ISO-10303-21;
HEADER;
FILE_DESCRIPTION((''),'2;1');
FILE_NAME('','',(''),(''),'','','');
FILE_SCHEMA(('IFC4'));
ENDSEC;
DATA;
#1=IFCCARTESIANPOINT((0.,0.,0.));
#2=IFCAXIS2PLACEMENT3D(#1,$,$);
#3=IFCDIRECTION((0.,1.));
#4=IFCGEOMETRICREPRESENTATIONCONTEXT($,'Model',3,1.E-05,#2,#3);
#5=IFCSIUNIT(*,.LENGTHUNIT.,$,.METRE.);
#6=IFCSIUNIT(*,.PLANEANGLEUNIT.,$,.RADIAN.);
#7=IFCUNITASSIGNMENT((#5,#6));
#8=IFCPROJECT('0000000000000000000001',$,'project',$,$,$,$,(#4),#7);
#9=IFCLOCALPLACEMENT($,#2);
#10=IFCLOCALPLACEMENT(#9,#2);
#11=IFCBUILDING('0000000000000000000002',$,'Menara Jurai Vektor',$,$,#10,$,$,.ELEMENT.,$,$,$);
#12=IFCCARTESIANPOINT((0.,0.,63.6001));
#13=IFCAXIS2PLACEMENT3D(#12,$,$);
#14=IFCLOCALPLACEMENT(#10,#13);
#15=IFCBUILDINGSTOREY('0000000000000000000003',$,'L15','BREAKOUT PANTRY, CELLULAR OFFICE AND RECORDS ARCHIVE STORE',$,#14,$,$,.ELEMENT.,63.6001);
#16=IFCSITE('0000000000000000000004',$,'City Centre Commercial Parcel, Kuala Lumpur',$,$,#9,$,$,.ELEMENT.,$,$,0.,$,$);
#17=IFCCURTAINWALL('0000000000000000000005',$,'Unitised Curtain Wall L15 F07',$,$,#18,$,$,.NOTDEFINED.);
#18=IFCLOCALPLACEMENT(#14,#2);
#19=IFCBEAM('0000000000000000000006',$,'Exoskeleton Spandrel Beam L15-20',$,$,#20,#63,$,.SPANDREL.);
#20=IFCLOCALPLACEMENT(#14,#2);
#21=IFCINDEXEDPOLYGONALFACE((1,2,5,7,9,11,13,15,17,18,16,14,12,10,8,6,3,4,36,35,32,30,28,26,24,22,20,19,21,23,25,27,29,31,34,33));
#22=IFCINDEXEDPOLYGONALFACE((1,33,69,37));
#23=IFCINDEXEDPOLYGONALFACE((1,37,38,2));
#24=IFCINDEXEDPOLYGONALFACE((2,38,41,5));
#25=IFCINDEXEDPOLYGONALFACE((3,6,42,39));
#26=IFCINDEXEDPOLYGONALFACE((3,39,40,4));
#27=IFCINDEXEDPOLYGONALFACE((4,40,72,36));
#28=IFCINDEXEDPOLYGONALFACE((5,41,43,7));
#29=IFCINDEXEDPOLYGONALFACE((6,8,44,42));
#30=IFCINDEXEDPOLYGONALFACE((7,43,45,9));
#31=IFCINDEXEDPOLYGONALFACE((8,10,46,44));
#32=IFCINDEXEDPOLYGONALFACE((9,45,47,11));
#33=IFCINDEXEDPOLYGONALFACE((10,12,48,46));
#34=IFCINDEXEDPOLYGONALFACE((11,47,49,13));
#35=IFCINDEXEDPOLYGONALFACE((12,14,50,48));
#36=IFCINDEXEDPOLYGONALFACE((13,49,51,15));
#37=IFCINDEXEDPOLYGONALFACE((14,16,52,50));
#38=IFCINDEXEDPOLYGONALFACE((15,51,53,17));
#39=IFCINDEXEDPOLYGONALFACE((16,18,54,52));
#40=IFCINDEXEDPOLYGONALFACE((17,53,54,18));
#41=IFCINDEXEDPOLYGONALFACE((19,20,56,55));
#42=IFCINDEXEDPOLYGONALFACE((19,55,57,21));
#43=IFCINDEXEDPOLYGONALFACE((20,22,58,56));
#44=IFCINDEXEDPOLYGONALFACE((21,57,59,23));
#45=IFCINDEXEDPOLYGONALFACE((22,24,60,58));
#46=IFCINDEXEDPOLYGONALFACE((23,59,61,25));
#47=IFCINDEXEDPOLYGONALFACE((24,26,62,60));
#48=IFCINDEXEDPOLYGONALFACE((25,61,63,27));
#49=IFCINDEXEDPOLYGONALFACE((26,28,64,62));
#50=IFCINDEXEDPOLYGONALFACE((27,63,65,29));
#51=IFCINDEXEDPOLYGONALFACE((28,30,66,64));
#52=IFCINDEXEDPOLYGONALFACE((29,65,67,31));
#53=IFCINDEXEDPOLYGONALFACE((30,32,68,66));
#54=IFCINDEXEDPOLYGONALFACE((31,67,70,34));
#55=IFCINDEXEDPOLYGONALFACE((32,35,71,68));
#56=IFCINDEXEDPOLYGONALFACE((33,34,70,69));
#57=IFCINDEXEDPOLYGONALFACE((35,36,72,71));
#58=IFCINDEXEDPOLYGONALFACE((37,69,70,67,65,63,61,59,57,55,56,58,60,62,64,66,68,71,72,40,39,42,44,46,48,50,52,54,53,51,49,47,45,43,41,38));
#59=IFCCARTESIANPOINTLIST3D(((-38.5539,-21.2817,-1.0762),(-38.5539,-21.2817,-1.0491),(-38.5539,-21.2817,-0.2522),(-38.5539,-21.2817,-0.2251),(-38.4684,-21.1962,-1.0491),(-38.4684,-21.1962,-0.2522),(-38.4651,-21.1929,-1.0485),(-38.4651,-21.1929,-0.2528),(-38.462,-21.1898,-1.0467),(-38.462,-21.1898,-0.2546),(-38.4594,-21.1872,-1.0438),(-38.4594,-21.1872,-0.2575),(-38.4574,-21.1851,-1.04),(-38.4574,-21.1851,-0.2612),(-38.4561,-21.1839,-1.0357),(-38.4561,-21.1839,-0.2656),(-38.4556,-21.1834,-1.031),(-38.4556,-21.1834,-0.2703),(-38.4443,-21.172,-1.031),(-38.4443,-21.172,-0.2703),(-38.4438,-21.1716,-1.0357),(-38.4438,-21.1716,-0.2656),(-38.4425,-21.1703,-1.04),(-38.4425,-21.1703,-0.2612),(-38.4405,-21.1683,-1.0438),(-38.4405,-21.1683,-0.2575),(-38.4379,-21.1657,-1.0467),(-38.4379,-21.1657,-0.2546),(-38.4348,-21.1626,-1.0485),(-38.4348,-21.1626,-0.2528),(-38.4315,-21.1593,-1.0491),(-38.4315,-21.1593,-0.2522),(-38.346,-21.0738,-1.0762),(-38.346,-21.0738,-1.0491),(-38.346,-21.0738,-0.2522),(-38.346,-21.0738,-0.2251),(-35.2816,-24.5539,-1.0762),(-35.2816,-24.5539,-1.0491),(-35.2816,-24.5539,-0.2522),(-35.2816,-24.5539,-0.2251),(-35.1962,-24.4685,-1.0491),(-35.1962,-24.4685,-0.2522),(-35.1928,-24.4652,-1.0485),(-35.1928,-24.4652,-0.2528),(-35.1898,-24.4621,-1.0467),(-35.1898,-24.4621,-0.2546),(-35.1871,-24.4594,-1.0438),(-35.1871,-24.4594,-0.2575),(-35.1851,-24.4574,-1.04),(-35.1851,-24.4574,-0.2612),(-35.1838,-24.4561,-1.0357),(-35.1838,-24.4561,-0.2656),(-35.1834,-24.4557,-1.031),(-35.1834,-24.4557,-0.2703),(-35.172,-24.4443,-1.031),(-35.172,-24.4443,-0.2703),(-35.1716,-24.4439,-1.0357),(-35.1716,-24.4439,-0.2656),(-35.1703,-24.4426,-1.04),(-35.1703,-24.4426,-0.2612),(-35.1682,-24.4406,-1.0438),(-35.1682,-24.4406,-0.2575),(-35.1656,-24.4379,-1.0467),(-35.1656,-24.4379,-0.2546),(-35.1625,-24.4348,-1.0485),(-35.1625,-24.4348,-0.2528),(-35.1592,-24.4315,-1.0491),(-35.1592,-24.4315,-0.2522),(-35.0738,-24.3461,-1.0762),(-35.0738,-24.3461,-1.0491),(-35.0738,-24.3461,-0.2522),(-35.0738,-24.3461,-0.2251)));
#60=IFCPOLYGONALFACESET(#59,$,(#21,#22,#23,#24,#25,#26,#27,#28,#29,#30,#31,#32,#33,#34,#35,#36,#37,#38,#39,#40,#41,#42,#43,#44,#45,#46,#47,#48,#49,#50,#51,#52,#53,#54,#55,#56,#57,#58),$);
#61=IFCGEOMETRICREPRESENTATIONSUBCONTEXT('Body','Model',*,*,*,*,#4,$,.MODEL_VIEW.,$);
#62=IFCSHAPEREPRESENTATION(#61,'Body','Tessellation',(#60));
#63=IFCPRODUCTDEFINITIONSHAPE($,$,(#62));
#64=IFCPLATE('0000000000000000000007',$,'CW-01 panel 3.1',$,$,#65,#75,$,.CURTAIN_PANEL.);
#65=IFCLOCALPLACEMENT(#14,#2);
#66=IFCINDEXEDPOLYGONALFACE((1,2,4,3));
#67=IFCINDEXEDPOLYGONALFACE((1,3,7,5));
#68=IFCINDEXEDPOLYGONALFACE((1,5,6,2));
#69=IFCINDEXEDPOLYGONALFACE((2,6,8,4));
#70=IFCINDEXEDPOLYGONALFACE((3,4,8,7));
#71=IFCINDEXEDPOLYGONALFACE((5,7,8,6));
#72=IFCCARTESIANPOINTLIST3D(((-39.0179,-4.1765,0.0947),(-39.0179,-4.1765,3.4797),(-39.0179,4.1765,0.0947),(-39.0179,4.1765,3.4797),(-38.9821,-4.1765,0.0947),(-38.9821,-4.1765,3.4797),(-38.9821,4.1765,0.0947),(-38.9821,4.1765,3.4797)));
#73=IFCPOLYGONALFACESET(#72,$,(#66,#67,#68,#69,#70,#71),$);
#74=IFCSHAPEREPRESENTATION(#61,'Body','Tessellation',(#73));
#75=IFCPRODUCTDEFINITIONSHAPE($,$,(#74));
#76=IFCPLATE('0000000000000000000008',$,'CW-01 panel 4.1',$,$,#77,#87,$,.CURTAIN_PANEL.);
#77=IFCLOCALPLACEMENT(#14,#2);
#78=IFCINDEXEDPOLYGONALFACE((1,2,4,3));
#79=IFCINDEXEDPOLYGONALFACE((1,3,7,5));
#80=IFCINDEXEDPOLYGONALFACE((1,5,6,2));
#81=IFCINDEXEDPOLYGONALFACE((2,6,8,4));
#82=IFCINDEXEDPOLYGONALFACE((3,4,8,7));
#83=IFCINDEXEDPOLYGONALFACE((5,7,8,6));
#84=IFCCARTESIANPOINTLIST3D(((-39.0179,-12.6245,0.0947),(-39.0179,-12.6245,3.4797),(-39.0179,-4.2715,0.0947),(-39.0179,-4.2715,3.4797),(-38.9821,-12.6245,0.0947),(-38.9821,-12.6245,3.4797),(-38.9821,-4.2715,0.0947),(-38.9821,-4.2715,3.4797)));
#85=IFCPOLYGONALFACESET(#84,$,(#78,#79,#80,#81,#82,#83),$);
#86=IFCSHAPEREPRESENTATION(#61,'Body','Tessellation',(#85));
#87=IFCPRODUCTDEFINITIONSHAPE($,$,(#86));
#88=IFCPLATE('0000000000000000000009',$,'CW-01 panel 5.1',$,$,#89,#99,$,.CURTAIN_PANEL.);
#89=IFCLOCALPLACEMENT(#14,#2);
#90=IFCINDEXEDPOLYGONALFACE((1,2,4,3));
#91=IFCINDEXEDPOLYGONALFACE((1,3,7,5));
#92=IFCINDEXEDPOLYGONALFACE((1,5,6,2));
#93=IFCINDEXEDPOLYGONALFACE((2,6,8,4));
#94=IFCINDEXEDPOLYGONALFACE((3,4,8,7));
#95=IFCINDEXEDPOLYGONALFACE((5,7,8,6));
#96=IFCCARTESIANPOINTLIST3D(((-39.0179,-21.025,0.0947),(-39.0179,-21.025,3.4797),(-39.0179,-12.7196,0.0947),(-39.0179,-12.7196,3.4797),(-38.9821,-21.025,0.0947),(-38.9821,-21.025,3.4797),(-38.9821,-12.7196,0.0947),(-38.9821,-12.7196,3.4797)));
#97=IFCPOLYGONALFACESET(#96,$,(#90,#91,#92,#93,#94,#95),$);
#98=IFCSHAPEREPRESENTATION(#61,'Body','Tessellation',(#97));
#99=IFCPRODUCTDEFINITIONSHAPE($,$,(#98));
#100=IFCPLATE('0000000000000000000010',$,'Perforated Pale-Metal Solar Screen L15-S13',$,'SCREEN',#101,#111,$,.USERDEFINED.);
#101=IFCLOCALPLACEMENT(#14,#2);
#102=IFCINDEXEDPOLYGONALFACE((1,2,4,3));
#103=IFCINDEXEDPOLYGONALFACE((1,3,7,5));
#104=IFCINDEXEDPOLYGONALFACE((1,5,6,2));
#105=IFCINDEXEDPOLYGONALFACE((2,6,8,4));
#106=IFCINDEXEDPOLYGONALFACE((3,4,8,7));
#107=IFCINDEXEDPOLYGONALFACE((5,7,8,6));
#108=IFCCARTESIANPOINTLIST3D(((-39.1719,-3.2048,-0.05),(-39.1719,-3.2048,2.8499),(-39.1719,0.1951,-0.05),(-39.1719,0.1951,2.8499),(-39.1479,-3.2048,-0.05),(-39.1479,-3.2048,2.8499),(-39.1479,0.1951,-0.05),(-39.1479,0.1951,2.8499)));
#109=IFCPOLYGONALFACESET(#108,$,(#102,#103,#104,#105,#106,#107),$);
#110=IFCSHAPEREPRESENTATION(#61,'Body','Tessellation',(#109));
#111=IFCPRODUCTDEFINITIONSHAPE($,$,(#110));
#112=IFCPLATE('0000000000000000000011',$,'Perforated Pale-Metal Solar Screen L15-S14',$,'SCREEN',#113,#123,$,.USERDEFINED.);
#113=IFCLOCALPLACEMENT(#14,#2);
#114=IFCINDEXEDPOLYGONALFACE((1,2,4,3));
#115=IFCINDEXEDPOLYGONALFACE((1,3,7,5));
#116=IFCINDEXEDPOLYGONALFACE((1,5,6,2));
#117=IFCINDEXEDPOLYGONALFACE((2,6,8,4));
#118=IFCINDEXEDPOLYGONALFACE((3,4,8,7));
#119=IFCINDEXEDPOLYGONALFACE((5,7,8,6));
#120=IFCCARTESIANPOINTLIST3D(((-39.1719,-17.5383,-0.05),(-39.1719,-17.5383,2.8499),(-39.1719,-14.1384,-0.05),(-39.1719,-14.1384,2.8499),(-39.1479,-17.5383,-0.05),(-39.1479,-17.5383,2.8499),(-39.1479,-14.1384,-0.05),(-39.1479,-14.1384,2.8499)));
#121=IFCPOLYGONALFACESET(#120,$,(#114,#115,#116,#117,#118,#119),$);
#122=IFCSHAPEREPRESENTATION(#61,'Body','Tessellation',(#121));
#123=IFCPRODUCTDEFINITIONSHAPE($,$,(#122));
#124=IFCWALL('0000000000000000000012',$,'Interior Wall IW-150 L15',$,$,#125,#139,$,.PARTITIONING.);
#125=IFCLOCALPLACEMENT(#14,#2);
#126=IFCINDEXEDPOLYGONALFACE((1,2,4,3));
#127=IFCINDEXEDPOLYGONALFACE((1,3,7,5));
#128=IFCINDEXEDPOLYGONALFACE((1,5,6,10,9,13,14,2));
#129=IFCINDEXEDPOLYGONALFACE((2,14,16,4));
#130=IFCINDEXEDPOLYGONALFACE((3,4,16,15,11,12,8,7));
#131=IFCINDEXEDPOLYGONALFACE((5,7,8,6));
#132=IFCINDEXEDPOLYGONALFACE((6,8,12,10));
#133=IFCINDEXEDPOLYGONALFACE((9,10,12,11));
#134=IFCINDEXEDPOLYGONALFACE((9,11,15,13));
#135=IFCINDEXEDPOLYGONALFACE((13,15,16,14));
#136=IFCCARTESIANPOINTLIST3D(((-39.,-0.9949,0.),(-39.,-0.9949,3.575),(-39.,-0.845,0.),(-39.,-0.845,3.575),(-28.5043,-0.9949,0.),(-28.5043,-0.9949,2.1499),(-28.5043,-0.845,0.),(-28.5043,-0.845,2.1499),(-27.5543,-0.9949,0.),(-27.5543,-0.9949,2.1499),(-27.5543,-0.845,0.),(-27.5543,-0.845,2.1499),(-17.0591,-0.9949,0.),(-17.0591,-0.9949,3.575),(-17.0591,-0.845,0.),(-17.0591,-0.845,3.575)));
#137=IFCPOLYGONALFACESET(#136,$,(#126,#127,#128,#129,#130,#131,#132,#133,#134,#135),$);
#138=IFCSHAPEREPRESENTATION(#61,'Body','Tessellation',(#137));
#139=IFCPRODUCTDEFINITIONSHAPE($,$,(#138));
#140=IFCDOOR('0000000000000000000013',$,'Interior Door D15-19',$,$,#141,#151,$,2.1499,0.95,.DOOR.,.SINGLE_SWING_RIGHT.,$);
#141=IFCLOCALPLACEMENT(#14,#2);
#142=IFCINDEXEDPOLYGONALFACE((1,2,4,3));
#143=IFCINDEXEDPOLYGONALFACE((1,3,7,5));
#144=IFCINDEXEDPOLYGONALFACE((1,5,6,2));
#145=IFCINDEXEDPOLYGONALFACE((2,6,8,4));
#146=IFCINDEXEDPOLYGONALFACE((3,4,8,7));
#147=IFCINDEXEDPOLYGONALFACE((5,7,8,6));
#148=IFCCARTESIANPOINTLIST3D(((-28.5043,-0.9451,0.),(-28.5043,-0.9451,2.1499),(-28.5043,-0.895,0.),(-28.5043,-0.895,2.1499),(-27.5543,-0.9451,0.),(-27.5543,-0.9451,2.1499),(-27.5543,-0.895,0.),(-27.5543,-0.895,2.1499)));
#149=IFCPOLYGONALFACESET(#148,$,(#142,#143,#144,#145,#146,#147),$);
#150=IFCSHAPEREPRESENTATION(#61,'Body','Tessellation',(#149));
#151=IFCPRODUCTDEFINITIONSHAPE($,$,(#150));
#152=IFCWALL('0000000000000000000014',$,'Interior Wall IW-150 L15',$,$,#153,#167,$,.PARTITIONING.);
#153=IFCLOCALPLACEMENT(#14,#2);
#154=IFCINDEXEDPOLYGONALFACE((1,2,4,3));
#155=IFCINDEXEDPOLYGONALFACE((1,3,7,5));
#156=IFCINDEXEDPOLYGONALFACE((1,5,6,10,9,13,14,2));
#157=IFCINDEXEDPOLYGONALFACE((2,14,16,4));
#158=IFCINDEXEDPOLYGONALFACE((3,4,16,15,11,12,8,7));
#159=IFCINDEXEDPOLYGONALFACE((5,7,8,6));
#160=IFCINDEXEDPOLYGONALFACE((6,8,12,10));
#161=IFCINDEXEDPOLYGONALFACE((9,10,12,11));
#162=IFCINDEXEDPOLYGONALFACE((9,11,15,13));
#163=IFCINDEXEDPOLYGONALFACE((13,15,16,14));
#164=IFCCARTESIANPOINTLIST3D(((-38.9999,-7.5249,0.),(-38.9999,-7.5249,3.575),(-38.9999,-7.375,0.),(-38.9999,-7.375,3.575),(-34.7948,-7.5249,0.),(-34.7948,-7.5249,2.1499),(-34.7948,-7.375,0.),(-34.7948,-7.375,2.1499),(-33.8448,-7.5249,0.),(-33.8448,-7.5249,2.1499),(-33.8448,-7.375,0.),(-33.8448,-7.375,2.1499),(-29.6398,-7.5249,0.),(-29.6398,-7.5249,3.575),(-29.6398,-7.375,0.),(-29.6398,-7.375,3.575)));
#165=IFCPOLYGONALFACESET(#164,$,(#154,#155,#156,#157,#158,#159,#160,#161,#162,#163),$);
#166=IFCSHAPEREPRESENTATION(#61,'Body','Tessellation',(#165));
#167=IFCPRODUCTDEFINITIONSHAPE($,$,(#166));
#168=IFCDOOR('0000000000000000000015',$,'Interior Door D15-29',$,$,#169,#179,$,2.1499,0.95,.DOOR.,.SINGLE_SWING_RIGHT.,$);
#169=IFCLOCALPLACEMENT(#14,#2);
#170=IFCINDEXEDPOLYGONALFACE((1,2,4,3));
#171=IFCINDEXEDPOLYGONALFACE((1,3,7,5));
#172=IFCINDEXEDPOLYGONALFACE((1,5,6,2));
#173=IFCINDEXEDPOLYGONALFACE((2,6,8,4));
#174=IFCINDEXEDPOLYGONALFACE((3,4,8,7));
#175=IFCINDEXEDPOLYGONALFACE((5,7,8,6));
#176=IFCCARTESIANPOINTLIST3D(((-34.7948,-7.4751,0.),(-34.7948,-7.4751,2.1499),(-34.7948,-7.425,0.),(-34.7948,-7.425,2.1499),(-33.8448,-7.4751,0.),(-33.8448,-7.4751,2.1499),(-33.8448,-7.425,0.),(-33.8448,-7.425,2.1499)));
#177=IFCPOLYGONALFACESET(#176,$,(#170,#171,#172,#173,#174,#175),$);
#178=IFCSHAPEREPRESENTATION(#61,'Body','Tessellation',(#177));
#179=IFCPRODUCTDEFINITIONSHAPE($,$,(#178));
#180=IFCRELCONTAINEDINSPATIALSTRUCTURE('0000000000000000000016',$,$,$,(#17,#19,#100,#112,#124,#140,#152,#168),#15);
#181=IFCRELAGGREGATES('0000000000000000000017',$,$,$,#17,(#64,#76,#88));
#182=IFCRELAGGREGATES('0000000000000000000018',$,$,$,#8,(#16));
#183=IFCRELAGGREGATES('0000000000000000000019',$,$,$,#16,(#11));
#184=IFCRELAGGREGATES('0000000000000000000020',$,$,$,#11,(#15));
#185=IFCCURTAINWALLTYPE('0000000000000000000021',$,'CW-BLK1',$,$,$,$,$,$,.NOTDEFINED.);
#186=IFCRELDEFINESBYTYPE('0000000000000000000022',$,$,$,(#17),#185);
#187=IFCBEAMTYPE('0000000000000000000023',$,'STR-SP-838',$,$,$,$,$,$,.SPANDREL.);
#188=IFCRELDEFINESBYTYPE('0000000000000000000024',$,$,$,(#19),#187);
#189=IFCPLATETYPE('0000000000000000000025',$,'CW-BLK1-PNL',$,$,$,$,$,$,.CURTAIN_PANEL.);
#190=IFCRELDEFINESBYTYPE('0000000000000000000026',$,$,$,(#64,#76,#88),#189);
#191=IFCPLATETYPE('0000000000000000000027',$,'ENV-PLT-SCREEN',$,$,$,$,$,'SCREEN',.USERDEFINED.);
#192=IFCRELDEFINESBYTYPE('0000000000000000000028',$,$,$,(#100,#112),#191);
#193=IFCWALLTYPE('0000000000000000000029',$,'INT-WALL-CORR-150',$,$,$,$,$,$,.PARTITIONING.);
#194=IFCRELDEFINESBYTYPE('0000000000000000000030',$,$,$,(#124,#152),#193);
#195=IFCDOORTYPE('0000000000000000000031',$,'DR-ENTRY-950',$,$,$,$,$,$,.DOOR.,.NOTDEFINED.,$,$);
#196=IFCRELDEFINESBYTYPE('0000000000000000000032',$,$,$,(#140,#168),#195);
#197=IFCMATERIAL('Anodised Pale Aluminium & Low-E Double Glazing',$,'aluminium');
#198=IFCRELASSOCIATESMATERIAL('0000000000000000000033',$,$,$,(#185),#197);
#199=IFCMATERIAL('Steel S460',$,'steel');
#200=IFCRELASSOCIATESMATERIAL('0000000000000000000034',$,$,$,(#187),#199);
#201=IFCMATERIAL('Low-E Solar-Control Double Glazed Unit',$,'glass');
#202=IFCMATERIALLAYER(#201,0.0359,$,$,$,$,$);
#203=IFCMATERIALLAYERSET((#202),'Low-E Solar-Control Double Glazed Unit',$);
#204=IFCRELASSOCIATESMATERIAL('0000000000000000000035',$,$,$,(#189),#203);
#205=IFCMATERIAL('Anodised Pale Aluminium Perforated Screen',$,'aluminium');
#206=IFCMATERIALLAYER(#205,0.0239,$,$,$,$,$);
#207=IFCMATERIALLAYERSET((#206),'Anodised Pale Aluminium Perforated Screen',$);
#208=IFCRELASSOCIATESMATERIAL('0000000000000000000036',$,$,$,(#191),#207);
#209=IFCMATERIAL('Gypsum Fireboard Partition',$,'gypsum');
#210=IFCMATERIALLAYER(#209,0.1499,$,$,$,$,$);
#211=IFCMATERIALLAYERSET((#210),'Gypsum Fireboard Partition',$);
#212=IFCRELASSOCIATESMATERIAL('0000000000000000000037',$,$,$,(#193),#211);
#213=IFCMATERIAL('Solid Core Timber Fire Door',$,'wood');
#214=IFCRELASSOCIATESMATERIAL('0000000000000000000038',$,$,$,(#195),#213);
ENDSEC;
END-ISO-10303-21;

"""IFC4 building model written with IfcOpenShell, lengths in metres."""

from ifc_helpers import new_model, si_unit, direction, frame, frame_2d, origin, origin_2d, place, context, subcontext, project, spatial, rectangle, i_section, extrude, material, layer, layer_set, material_profile, profile_set, type_object, element, fill, aggregate, save


model = new_model("IFC4")

# Units and contexts
model_context = context("Model", 3, precision=1e-05, world=origin(), true_north=direction((0.0, 1.0)))
body_context = subcontext(model_context, "Body", "Model", "MODEL_VIEW")
ifc_project = project(units=[si_unit("LENGTHUNIT", "METRE"), si_unit("PLANEANGLEUNIT", "RADIAN")], contexts=[model_context])

# Site, building, storey
site_placement = place(None, origin())
site = spatial("IfcSite", under=ifc_project, at=site_placement, Name="City Centre Commercial Parcel, Kuala Lumpur", CompositionType="ELEMENT", RefElevation=0.0)
building_placement = place(site_placement, origin())
building = spatial("IfcBuilding", under=site, at=building_placement, Name="Menara Jurai Vektor", CompositionType="ELEMENT")
storey_placement = place(building_placement, frame((0.0, 0.0, 63.6001)))
storey = spatial("IfcBuildingStorey", under=building, at=storey_placement, Name="L15", Description="BREAKOUT PANTRY, CELLULAR OFFICE AND RECORDS ARCHIVE STORE", CompositionType="ELEMENT", Elevation=63.6001)

# Shared definitions
ifc_material_1 = material(Name="Steel S460", Category="steel")

# Curtain wall
ifc_material_2 = material(Name="Anodised Pale Aluminium & Low-E Double Glazing", Category="aluminium")
curtain_wall_type = type_object("IfcCurtainWallType", Name="CW-BLK1", PredefinedType="NOTDEFINED", material=ifc_material_2)
curtain_wall_placement = place(storey_placement, origin())
curtain_wall = element("IfcCurtainWall", 1, at=curtain_wall_placement, inside=storey, type_object=curtain_wall_type, Name="Unitised Curtain Wall L15 F07", PredefinedType="NOTDEFINED")

# Beam
ifc_material_profile_1 = material_profile(ifc_material_1, i_section(OverallWidth=0.2939, OverallDepth=0.8511, WebThickness=0.0161, FlangeThickness=0.0271, FilletRadius=0.0181, at=origin_2d()), Name="UKB 838x292x226")
ifc_profile_set_1 = profile_set([ifc_material_profile_1], Name="Steel S460")
beam_type_1 = type_object("IfcBeamType", Name="STR-SP-838", PredefinedType="SPANDREL", material=ifc_profile_set_1)
beam_1_placement = place(storey_placement, frame((-38.45, -21.1777, -0.6506), z_axis=(0.707107, -0.707107, 0.0), x_axis=(0.707107, 0.707107, 0.0)))
element("IfcBeam", 2, at=beam_1_placement, inside=storey, type_object=beam_type_1, Name="Exoskeleton Spandrel Beam L15-20", PredefinedType="SPANDREL", context=body_context, shape_type="SweptSolid", body=[
    extrude(i_section(OverallWidth=0.2939, OverallDepth=0.8511, WebThickness=0.0161, FlangeThickness=0.0271, FilletRadius=0.0181, at=origin_2d()), origin(), (0.0, 0.0, 1.0), 4.6277),
])

# Plates
ifc_material_3 = material(Name="Low-E Solar-Control Double Glazed Unit", Category="glass")
ifc_layer_1 = layer(ifc_material_3, 0.0359)
ifc_layer_set_1 = layer_set([ifc_layer_1], Name="Low-E Solar-Control Double Glazed Unit")
plate_type_1 = type_object("IfcPlateType", Name="CW-BLK1-PNL", PredefinedType="CURTAIN_PANEL", material=ifc_layer_set_1)
plate_1_placement = place(storey_placement, frame((-39.0, 0.0, 0.0947), z_axis=(0.0, 0.0, 1.0), x_axis=(0.0, -1.0, 0.0)))
plate_1 = element("IfcPlate", 3, at=plate_1_placement, type_object=plate_type_1, Name="CW-01 panel 3.1", PredefinedType="CURTAIN_PANEL", context=body_context, shape_type="SweptSolid", body=[
    extrude(rectangle(XDim=8.353, YDim=0.0359, at=origin_2d()), origin(), (0.0, 0.0, 1.0), 3.385),
])
plate_2_placement = place(storey_placement, frame((-39.0, -8.448, 0.0947), z_axis=(0.0, 0.0, 1.0), x_axis=(0.0, -1.0, 0.0)))
plate_2 = element("IfcPlate", 4, at=plate_2_placement, type_object=plate_type_1, Name="CW-01 panel 4.1", PredefinedType="CURTAIN_PANEL", context=body_context, shape_type="SweptSolid", body=[
    extrude(rectangle(XDim=8.353, YDim=0.0359, at=origin_2d()), origin(), (0.0, 0.0, 1.0), 3.385),
])
plate_3_placement = place(storey_placement, frame((-39.0, -16.8723, 0.0947), z_axis=(0.0, 0.0, 1.0), x_axis=(0.0, -1.0, 0.0)))
plate_3 = element("IfcPlate", 5, at=plate_3_placement, type_object=plate_type_1, Name="CW-01 panel 5.1", PredefinedType="CURTAIN_PANEL", context=body_context, shape_type="SweptSolid", body=[
    extrude(rectangle(XDim=8.3054, YDim=0.0359, at=origin_2d()), origin(), (0.0, 0.0, 1.0), 3.385),
])
aggregate(curtain_wall, [plate_1, plate_2, plate_3])

# Plates
ifc_material_4 = material(Name="Anodised Pale Aluminium Perforated Screen", Category="aluminium")
ifc_layer_2 = layer(ifc_material_4, 0.0239)
ifc_layer_set_2 = layer_set([ifc_layer_2], Name="Anodised Pale Aluminium Perforated Screen")
plate_type_2 = type_object("IfcPlateType", Name="ENV-PLT-SCREEN", ElementType="SCREEN", PredefinedType="USERDEFINED", material=ifc_layer_set_2)
for number, where, z_axis, x_axis, name in (
    (6, (-39.1599, -1.5049, -0.05), (0.0, 0.0, 1.0), (0.0, -1.0, 0.0), "Perforated Pale-Metal Solar Screen L15-S13"),
    (7, (-39.1599, -15.8384, -0.05), (0.0, 0.0, 1.0), (0.0, -1.0, 0.0), "Perforated Pale-Metal Solar Screen L15-S14"),
):
    element("IfcPlate", number, at=place(storey_placement, frame(where, z_axis=z_axis, x_axis=x_axis)), inside=storey, type_object=plate_type_2, Name=name, ObjectType="SCREEN", PredefinedType="USERDEFINED", context=body_context, shape_type="SweptSolid", body=[
        extrude(rectangle(XDim=3.3999, YDim=0.0239, at=origin_2d()), origin(), (0.0, 0.0, 1.0), 2.8999),
    ])

# Walls, openings, doors
ifc_material_5 = material(Name="Gypsum Fireboard Partition", Category="gypsum")
ifc_layer_3 = layer(ifc_material_5, 0.1499)
ifc_layer_set_3 = layer_set([ifc_layer_3], Name="Gypsum Fireboard Partition")
wall_type = type_object("IfcWallType", Name="INT-WALL-CORR-150", PredefinedType="PARTITIONING", material=ifc_layer_set_3)
wall_1_placement = place(storey_placement, frame((-39.0, -0.9199, 0.0), z_axis=(0.0, 0.0, 1.0), x_axis=(1.0, 0.0, 0.0)))
wall_1 = element("IfcWall", 8, at=wall_1_placement, inside=storey, type_object=wall_type, Name="Interior Wall IW-150 L15", PredefinedType="PARTITIONING", context=body_context, shape_type="SweptSolid", body=[
    extrude(rectangle(XDim=21.9409, YDim=0.1499, at=frame_2d((10.9705, 0.0))), origin(), (0.0, 0.0, 1.0), 3.575),
])
opening_1_placement = place(wall_1_placement, frame((10.4956, 0.0, 0.0)))
opening_1 = element("IfcOpeningElement", 9, at=opening_1_placement, cuts=wall_1, PredefinedType="OPENING", context=body_context, shape_type="SweptSolid", body=[
    extrude(rectangle(XDim=0.95, YDim=2.1499, at=frame_2d((0.4751, 1.075))), frame((0.0, 0.085, 0.0), z_axis=(0.0, -1.0, 0.0), x_axis=(1.0, 0.0, 0.0)), (0.0, 0.0, 1.0), 0.1699),
])
ifc_material_6 = material(Name="Solid Core Timber Fire Door", Category="wood")
door_type = type_object("IfcDoorType", Name="DR-ENTRY-950", OperationType="NOTDEFINED", PredefinedType="DOOR", material=ifc_material_6)
door_1_placement = place(opening_1_placement, origin())
door_1 = element("IfcDoor", 10, at=door_1_placement, inside=storey, type_object=door_type, Name="Interior Door D15-19", OperationType="SINGLE_SWING_RIGHT", OverallHeight=2.1499, OverallWidth=0.95, PredefinedType="DOOR", context=body_context, shape_type="SweptSolid", body=[
    extrude(rectangle(XDim=0.95, YDim=2.1499, at=frame_2d((0.4751, 1.075))), frame((0.0, 0.0249, 0.0), z_axis=(0.0, -1.0, 0.0), x_axis=(1.0, 0.0, 0.0)), (0.0, 0.0, 1.0), 0.05),
])
fill(opening_1, door_1)
wall_2_placement = place(storey_placement, frame((-39.0, -7.45, 0.0), z_axis=(0.0, 0.0, 1.0), x_axis=(1.0, 0.0, 0.0)))
wall_2 = element("IfcWall", 11, at=wall_2_placement, inside=storey, type_object=wall_type, Name="Interior Wall IW-150 L15", PredefinedType="PARTITIONING", context=body_context, shape_type="SweptSolid", body=[
    extrude(rectangle(XDim=9.3601, YDim=0.1499, at=frame_2d((4.6802, 0.0))), origin(), (0.0, 0.0, 1.0), 3.575),
])
opening_2_placement = place(wall_2_placement, frame((4.2051, 0.0, 0.0)))
opening_2 = element("IfcOpeningElement", 12, at=opening_2_placement, cuts=wall_2, PredefinedType="OPENING", context=body_context, shape_type="SweptSolid", body=[
    extrude(rectangle(XDim=0.95, YDim=2.1499, at=frame_2d((0.4751, 1.075))), frame((0.0, 0.085, 0.0), z_axis=(0.0, -1.0, 0.0), x_axis=(1.0, 0.0, 0.0)), (0.0, 0.0, 1.0), 0.1699),
])
door_2_placement = place(opening_2_placement, origin())
door_2 = element("IfcDoor", 13, at=door_2_placement, inside=storey, type_object=door_type, Name="Interior Door D15-29", OperationType="SINGLE_SWING_RIGHT", OverallHeight=2.1499, OverallWidth=0.95, PredefinedType="DOOR", context=body_context, shape_type="SweptSolid", body=[
    extrude(rectangle(XDim=0.95, YDim=2.1499, at=frame_2d((0.4751, 1.075))), frame((0.0, 0.0249, 0.0), z_axis=(0.0, -1.0, 0.0), x_axis=(1.0, 0.0, 0.0)), (0.0, 0.0, 1.0), 0.05),
])
fill(opening_2, door_2)

save(model, "model.ifc")
